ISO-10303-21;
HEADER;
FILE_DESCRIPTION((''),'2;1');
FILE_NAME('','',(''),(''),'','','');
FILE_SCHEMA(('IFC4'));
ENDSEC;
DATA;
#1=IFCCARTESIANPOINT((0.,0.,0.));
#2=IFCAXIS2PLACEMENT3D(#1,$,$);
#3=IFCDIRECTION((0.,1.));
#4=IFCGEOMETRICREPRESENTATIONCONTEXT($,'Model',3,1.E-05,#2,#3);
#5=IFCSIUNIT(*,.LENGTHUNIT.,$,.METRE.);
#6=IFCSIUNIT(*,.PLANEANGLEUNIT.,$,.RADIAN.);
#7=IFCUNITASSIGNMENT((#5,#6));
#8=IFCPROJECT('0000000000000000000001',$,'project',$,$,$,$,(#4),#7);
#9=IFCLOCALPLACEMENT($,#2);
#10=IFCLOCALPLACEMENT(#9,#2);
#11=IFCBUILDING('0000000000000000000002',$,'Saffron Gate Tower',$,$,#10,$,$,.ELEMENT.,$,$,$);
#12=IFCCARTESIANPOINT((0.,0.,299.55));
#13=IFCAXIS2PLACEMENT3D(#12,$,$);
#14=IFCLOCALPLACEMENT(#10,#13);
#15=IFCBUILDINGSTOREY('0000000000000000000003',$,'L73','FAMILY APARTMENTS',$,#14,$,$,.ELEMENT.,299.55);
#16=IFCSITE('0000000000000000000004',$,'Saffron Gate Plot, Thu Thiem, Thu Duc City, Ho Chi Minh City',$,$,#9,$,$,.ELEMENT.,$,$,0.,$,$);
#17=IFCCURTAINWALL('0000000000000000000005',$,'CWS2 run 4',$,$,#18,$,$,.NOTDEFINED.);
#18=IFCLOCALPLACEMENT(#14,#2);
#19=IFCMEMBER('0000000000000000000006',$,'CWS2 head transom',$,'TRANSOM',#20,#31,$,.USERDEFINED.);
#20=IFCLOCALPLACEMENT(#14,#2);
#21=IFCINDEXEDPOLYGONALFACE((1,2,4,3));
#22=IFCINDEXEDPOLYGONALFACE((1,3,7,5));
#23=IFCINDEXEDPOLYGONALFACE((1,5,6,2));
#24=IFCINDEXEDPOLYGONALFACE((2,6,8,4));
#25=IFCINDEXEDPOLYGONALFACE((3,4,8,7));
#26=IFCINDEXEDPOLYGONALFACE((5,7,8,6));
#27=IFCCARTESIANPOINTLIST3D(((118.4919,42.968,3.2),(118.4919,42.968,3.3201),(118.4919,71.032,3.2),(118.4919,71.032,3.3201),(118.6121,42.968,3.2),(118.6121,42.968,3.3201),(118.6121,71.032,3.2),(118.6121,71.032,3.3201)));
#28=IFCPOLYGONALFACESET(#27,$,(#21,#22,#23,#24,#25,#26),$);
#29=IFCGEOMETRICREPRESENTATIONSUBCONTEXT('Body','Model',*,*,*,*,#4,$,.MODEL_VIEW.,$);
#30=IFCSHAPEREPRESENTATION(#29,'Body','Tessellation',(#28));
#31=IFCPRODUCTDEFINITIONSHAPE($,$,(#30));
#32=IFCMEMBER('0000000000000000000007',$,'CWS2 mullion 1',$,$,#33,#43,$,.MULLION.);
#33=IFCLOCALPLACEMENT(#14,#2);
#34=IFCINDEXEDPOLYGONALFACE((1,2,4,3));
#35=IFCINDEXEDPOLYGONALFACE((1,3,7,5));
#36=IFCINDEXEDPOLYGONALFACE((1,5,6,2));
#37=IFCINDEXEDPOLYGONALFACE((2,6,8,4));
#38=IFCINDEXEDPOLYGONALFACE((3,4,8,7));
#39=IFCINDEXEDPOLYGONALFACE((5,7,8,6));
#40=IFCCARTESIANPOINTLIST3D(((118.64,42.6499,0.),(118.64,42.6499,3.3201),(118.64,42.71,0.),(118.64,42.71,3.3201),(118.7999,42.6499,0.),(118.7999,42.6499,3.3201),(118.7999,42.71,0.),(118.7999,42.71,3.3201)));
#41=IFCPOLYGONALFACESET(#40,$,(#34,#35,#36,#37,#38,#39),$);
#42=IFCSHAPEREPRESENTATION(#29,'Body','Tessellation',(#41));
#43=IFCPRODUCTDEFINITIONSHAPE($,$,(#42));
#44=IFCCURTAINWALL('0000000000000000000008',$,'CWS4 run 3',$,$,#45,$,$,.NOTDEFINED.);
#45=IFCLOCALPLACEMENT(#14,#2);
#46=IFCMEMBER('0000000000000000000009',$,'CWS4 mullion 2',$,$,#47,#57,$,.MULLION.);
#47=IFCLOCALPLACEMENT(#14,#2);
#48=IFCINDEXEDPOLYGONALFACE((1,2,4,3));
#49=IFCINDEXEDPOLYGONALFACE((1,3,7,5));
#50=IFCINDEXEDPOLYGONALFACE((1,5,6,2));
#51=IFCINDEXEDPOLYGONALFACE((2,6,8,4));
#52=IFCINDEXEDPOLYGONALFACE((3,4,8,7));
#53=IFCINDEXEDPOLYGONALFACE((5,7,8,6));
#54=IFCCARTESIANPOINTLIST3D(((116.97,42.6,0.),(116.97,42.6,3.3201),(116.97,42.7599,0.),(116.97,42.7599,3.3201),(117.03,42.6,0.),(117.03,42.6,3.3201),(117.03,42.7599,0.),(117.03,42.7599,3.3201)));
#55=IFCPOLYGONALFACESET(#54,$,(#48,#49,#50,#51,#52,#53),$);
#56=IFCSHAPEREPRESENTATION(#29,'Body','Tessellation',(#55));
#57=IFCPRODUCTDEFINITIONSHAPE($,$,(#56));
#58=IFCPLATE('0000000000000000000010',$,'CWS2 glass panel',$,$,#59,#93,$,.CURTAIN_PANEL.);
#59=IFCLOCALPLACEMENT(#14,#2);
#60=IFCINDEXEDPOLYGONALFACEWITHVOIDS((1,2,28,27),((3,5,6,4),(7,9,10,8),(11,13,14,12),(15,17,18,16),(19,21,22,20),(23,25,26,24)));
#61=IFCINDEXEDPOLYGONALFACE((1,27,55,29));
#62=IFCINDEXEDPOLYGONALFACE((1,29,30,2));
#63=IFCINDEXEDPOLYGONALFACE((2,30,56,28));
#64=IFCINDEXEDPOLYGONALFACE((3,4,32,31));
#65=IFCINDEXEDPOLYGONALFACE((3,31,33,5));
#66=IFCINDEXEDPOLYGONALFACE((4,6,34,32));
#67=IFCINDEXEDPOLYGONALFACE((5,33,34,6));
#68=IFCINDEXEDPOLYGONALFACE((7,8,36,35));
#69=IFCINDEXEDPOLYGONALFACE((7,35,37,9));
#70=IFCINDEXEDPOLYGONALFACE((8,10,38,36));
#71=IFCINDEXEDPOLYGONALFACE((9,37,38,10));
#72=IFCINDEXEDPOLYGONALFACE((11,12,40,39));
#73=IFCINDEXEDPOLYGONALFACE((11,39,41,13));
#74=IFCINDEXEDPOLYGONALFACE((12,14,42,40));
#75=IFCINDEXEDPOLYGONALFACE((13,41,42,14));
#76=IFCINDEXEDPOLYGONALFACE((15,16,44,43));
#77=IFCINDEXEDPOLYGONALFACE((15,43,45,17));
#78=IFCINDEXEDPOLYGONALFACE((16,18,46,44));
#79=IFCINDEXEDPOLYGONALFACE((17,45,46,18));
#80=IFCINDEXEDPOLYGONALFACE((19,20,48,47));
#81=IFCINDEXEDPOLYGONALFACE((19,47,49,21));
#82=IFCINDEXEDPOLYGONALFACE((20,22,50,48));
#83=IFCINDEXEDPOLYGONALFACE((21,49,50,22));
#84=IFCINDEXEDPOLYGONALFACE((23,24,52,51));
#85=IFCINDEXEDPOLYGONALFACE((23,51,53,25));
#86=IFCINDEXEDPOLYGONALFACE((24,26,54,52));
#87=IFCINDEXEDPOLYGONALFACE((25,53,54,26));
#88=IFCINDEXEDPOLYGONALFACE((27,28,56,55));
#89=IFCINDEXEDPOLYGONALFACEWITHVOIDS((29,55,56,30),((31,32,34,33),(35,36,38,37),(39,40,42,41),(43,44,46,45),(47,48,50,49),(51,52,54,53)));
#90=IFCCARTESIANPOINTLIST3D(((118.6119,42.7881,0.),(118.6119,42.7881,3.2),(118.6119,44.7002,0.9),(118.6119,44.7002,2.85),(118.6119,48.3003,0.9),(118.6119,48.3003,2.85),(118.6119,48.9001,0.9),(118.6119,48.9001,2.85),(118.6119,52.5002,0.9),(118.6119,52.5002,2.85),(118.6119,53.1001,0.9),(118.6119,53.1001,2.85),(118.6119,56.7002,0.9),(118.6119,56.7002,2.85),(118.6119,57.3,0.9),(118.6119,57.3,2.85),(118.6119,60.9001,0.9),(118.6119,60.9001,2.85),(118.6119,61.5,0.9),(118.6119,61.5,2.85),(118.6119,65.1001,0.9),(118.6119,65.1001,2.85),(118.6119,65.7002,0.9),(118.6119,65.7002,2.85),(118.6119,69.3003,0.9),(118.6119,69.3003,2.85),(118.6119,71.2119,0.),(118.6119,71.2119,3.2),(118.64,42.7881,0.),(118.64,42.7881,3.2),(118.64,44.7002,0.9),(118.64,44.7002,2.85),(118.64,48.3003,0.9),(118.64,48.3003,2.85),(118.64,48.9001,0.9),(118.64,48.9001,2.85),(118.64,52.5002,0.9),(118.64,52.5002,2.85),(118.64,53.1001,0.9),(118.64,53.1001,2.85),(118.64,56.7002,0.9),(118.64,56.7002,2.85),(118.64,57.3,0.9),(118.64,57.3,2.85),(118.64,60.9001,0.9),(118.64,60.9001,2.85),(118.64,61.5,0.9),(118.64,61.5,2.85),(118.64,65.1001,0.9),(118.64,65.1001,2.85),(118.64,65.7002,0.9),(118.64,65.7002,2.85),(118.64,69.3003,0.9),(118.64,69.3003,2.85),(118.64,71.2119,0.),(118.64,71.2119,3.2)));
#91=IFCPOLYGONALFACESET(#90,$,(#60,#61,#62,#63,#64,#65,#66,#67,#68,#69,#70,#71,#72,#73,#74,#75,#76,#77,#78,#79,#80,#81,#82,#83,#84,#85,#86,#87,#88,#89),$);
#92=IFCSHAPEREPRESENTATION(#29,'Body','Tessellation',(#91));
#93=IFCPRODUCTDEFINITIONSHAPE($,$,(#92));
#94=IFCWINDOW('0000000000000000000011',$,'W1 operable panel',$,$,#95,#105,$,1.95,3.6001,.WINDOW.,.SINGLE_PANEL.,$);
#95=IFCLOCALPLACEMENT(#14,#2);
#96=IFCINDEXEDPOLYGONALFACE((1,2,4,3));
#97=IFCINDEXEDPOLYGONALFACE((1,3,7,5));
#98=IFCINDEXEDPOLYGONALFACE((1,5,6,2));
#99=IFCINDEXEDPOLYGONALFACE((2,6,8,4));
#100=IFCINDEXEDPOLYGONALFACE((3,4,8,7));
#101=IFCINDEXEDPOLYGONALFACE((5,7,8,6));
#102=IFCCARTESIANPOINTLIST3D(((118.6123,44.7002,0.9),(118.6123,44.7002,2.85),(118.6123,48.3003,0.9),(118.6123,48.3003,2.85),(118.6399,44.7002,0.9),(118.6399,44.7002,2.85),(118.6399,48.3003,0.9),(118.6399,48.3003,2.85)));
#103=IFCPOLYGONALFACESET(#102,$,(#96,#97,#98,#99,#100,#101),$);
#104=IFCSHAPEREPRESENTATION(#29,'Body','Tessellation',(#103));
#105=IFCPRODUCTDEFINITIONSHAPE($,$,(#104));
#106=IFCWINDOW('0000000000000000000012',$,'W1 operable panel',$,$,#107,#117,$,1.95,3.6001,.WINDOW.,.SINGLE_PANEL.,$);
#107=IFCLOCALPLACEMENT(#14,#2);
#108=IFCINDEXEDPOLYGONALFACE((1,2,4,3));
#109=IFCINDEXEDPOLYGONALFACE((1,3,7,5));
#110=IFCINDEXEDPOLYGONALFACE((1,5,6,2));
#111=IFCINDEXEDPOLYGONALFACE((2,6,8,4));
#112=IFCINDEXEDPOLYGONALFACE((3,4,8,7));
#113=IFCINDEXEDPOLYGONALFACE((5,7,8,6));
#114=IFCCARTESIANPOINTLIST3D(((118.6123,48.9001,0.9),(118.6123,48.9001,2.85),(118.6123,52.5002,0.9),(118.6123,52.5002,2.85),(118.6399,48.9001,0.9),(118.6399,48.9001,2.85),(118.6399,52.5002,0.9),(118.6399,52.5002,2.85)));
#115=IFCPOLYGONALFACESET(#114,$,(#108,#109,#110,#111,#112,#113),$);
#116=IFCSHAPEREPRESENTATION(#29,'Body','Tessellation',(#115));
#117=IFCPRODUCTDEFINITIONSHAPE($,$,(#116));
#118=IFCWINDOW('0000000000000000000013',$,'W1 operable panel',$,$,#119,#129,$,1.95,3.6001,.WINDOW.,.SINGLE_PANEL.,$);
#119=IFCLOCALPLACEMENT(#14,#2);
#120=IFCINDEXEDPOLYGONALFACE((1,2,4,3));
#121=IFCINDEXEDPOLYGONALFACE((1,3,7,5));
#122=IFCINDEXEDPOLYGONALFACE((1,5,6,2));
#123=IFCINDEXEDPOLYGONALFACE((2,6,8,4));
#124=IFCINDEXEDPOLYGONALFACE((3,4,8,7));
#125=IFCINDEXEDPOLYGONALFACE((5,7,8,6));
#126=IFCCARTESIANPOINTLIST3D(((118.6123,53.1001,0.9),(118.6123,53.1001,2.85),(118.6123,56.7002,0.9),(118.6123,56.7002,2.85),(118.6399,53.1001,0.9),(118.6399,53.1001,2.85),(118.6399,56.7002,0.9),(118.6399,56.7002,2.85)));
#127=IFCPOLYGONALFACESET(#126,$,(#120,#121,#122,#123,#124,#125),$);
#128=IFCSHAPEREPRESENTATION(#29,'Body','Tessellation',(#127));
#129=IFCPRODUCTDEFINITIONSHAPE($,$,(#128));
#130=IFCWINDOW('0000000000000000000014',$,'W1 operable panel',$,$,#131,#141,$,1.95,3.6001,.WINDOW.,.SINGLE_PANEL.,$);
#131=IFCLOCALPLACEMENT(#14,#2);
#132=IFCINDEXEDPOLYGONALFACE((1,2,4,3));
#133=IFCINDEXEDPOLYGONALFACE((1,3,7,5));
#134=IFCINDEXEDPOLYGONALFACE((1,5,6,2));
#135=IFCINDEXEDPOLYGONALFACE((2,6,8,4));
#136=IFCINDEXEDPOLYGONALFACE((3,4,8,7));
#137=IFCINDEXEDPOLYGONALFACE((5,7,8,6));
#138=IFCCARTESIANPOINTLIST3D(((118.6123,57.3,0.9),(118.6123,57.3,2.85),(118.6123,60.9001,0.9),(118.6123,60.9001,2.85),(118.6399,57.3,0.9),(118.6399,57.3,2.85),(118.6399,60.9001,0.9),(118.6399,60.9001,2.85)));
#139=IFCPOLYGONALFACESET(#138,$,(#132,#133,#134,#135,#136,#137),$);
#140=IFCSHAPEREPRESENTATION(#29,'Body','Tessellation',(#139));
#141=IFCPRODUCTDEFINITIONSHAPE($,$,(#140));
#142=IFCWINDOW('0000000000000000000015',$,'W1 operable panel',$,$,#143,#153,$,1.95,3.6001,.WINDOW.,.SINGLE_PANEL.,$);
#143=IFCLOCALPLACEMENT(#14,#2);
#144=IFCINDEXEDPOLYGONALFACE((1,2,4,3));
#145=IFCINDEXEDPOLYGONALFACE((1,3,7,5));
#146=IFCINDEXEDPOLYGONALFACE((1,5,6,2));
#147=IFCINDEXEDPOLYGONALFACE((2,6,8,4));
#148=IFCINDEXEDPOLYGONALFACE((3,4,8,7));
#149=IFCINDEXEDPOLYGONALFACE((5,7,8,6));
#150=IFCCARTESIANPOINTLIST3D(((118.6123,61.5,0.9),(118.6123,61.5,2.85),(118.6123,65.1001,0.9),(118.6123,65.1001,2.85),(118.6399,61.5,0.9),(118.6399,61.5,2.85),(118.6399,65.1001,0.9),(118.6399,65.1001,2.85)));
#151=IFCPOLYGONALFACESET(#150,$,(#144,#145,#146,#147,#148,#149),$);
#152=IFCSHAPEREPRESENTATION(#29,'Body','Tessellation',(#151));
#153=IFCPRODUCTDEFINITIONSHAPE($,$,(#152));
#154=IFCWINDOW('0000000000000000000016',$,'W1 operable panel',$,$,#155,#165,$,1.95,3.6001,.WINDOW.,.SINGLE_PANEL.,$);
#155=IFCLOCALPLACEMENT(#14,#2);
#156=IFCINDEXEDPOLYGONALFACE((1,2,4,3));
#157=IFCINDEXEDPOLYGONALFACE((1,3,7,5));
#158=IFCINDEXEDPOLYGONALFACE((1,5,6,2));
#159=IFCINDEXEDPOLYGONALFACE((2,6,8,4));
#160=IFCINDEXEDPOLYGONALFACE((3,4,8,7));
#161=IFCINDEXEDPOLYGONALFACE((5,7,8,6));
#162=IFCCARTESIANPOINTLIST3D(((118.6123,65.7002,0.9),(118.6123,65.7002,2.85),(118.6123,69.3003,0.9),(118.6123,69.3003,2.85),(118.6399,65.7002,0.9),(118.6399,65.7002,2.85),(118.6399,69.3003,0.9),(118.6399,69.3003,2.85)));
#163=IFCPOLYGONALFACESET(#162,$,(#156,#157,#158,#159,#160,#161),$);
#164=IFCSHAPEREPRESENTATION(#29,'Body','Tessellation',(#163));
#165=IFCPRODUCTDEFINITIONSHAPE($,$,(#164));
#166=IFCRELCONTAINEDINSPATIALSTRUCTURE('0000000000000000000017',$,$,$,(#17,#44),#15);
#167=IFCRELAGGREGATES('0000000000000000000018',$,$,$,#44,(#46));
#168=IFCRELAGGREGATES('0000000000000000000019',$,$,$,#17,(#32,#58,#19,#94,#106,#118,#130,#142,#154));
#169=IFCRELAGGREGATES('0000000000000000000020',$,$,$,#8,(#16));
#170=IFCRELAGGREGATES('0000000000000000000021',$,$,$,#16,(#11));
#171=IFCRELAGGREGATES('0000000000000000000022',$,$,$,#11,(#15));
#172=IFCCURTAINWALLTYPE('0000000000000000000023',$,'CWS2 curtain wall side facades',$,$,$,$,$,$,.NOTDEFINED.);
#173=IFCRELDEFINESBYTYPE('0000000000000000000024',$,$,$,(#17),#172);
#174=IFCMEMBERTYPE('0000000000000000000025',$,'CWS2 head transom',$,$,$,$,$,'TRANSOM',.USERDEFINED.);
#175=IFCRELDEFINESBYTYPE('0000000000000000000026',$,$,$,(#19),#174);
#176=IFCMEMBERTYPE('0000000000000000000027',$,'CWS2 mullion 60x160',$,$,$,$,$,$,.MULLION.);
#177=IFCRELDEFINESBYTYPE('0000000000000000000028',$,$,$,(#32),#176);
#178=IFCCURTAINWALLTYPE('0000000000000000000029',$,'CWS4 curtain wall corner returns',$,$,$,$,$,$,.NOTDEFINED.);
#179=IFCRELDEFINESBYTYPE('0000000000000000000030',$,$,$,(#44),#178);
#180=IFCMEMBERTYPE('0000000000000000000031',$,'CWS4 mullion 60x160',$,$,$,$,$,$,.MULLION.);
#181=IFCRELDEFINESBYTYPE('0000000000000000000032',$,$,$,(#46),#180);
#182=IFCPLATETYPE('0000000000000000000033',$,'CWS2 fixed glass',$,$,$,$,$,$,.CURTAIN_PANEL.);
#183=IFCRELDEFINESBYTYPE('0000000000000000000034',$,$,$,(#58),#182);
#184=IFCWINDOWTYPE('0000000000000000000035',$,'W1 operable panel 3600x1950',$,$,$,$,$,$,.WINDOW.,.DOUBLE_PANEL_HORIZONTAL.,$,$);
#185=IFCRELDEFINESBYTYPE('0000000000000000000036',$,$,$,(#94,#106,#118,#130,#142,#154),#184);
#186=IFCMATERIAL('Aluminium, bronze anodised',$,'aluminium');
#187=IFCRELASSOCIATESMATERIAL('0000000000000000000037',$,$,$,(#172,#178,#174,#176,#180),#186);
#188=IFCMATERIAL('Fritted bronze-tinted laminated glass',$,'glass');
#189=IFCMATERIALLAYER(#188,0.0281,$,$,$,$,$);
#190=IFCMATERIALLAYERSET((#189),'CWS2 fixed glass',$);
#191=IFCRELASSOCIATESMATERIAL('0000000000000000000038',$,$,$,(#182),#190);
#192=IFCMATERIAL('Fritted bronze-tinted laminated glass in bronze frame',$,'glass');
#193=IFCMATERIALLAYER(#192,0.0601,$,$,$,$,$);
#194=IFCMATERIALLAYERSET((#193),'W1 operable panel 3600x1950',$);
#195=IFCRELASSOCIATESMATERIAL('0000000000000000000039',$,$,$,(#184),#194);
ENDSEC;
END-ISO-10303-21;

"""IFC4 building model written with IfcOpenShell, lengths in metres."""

from ifc_helpers import new_model, si_unit, direction, frame, frame_2d, origin, origin_2d, place, context, subcontext, project, spatial, rectangle, extrude, material, layer, layer_set, material_profile, profile_set, type_object, element, fill, aggregate, save


model = new_model("IFC4")

# Units and contexts
model_context = context("Model", 3, precision=1e-05, world=origin(), true_north=direction((0.0, 1.0)))
body_context = subcontext(model_context, "Body", "Model", "MODEL_VIEW")
ifc_project = project(units=[si_unit("LENGTHUNIT", "METRE"), si_unit("PLANEANGLEUNIT", "RADIAN")], contexts=[model_context])

# Site, building, storey
site_placement = place(None, origin())
site = spatial("IfcSite", under=ifc_project, at=site_placement, Name="Saffron Gate Plot, Thu Thiem, Thu Duc City, Ho Chi Minh City", CompositionType="ELEMENT", RefElevation=0.0)
building_placement = place(site_placement, origin())
building = spatial("IfcBuilding", under=site, at=building_placement, Name="Saffron Gate Tower", CompositionType="ELEMENT")
storey_placement = place(building_placement, frame((0.0, 0.0, 299.55)))
storey = spatial("IfcBuildingStorey", under=building, at=storey_placement, Name="L73", Description="FAMILY APARTMENTS", CompositionType="ELEMENT", Elevation=299.55)

# Curtain wall, members
ifc_material_1 = material(Name="Aluminium, bronze anodised", Category="aluminium")
curtain_wall_type_1 = type_object("IfcCurtainWallType", Name="CWS2 curtain wall side facades", PredefinedType="NOTDEFINED", material=ifc_material_1)
curtain_wall_1_placement = place(storey_placement, origin())
curtain_wall_1 = element("IfcCurtainWall", 1, at=curtain_wall_1_placement, inside=storey, type_object=curtain_wall_type_1, Name="CWS2 run 4", PredefinedType="NOTDEFINED")
ifc_material_profile_1 = material_profile(ifc_material_1, rectangle(XDim=0.1201, YDim=0.1201, at=origin_2d()))
ifc_profile_set_1 = profile_set([ifc_material_profile_1], Name="Aluminium, bronze anodised")
member_type_1 = type_object("IfcMemberType", Name="CWS2 head transom", ElementType="TRANSOM", PredefinedType="USERDEFINED", material=ifc_profile_set_1)
member_1_placement = place(storey_placement, frame((118.552, 42.968, 3.26), z_axis=(0.0, 1.0, 0.0), x_axis=(-1.0, 0.0, 0.0)))
member_1 = element("IfcMember", 2, at=member_1_placement, type_object=member_type_1, Name="CWS2 head transom", ObjectType="TRANSOM", PredefinedType="USERDEFINED", context=body_context, shape_type="SweptSolid", body=[
    extrude(rectangle(XDim=0.1201, YDim=0.1201, at=origin_2d()), origin(), (0.0, 0.0, 1.0), 28.064),
])
ifc_material_profile_2 = material_profile(ifc_material_1, rectangle(XDim=0.1599, YDim=0.0601, at=origin_2d()))
ifc_profile_set_2 = profile_set([ifc_material_profile_2], Name="Aluminium, bronze anodised")
member_type_2 = type_object("IfcMemberType", Name="CWS2 mullion 60x160", PredefinedType="MULLION", material=ifc_profile_set_2)
member_2_placement = place(storey_placement, frame((118.72, 42.6799, 0.0), z_axis=(0.0, 0.0, 1.0), x_axis=(-1.0, 0.0, 0.0)))
member_2 = element("IfcMember", 3, at=member_2_placement, type_object=member_type_2, Name="CWS2 mullion 1", PredefinedType="MULLION", context=body_context, shape_type="SweptSolid", body=[
    extrude(rectangle(XDim=0.1599, YDim=0.0601, at=origin_2d()), origin(), (0.0, 0.0, 1.0), 3.3201),
])

# Curtain wall, member
curtain_wall_type_2 = type_object("IfcCurtainWallType", Name="CWS4 curtain wall corner returns", PredefinedType="NOTDEFINED", material=ifc_material_1)
curtain_wall_2_placement = place(storey_placement, origin())
curtain_wall_2 = element("IfcCurtainWall", 4, at=curtain_wall_2_placement, inside=storey, type_object=curtain_wall_type_2, Name="CWS4 run 3", PredefinedType="NOTDEFINED")
ifc_material_profile_3 = material_profile(ifc_material_1, rectangle(XDim=0.1599, YDim=0.0601, at=origin_2d()))
ifc_profile_set_3 = profile_set([ifc_material_profile_3], Name="Aluminium, bronze anodised")
member_type_3 = type_object("IfcMemberType", Name="CWS4 mullion 60x160", PredefinedType="MULLION", material=ifc_profile_set_3)
member_3_placement = place(storey_placement, frame((117.0, 42.6799, 0.0), z_axis=(0.0, 0.0, 1.0), x_axis=(0.0, 1.0, 0.0)))
member_3 = element("IfcMember", 5, at=member_3_placement, type_object=member_type_3, Name="CWS4 mullion 2", PredefinedType="MULLION", context=body_context, shape_type="SweptSolid", body=[
    extrude(rectangle(XDim=0.1599, YDim=0.0601, at=origin_2d()), origin(), (0.0, 0.0, 1.0), 3.3201),
])
aggregate(curtain_wall_2, [member_3])

# Plate, openings, windows
ifc_material_2 = material(Name="Fritted bronze-tinted laminated glass", Category="glass")
ifc_layer_1 = layer(ifc_material_2, 0.0281)
ifc_layer_set_1 = layer_set([ifc_layer_1], Name="CWS2 fixed glass")
plate_type = type_object("IfcPlateType", Name="CWS2 fixed glass", PredefinedType="CURTAIN_PANEL", material=ifc_layer_set_1)
plate_placement = place(storey_placement, frame((118.626, 42.7881, 0.0), z_axis=(0.0, 0.0, 1.0), x_axis=(0.0, 1.0, 0.0)))
plate = element("IfcPlate", 6, at=plate_placement, type_object=plate_type, Name="CWS2 glass panel", PredefinedType="CURTAIN_PANEL", context=body_context, shape_type="SweptSolid", body=[
    extrude(rectangle(XDim=28.4238, YDim=0.0281, at=frame_2d((14.2119, 0.0))), origin(), (0.0, 0.0, 1.0), 3.2),
])
opening_1_placement = place(plate_placement, frame((1.9121, 0.0, 0.8999)))
opening_1 = element("IfcOpeningElement", 7, at=opening_1_placement, cuts=plate, PredefinedType="OPENING", context=body_context, shape_type="SweptSolid", body=[
    extrude(rectangle(XDim=3.6001, YDim=1.95, at=frame_2d((1.8, 0.9751))), frame((0.0, 0.0239, 0.0), z_axis=(0.0, -1.0, 0.0), x_axis=(1.0, 0.0, 0.0)), (0.0, 0.0, 1.0), 0.0481),
])
opening_2_placement = place(plate_placement, frame((6.1121, 0.0, 0.8999)))
opening_2 = element("IfcOpeningElement", 8, at=opening_2_placement, cuts=plate, PredefinedType="OPENING", context=body_context, shape_type="SweptSolid", body=[
    extrude(rectangle(XDim=3.6001, YDim=1.95, at=frame_2d((1.8, 0.9751))), frame((0.0, 0.0239, 0.0), z_axis=(0.0, -1.0, 0.0), x_axis=(1.0, 0.0, 0.0)), (0.0, 0.0, 1.0), 0.0481),
])
opening_3_placement = place(plate_placement, frame((10.312, 0.0, 0.8999)))
opening_3 = element("IfcOpeningElement", 9, at=opening_3_placement, cuts=plate, PredefinedType="OPENING", context=body_context, shape_type="SweptSolid", body=[
    extrude(rectangle(XDim=3.6001, YDim=1.95, at=frame_2d((1.8, 0.9751))), frame((0.0, 0.0239, 0.0), z_axis=(0.0, -1.0, 0.0), x_axis=(1.0, 0.0, 0.0)), (0.0, 0.0, 1.0), 0.0481),
])
opening_4_placement = place(plate_placement, frame((14.512, 0.0, 0.8999)))
opening_4 = element("IfcOpeningElement", 10, at=opening_4_placement, cuts=plate, PredefinedType="OPENING", context=body_context, shape_type="SweptSolid", body=[
    extrude(rectangle(XDim=3.6001, YDim=1.95, at=frame_2d((1.8, 0.9751))), frame((0.0, 0.0239, 0.0), z_axis=(0.0, -1.0, 0.0), x_axis=(1.0, 0.0, 0.0)), (0.0, 0.0, 1.0), 0.0481),
])
opening_5_placement = place(plate_placement, frame((18.7119, 0.0, 0.8999)))
opening_5 = element("IfcOpeningElement", 11, at=opening_5_placement, cuts=plate, PredefinedType="OPENING", context=body_context, shape_type="SweptSolid", body=[
    extrude(rectangle(XDim=3.6001, YDim=1.95, at=frame_2d((1.8, 0.9751))), frame((0.0, 0.0239, 0.0), z_axis=(0.0, -1.0, 0.0), x_axis=(1.0, 0.0, 0.0)), (0.0, 0.0, 1.0), 0.0481),
])
opening_6_placement = place(plate_placement, frame((22.9121, 0.0, 0.8999)))
opening_6 = element("IfcOpeningElement", 12, at=opening_6_placement, cuts=plate, PredefinedType="OPENING", context=body_context, shape_type="SweptSolid", body=[
    extrude(rectangle(XDim=3.6001, YDim=1.95, at=frame_2d((1.8, 0.9751))), frame((0.0, 0.0239, 0.0), z_axis=(0.0, -1.0, 0.0), x_axis=(1.0, 0.0, 0.0)), (0.0, 0.0, 1.0), 0.0481),
])
ifc_material_3 = material(Name="Fritted bronze-tinted laminated glass in bronze frame", Category="glass")
ifc_layer_2 = layer(ifc_material_3, 0.0601)
ifc_layer_set_2 = layer_set([ifc_layer_2], Name="W1 operable panel 3600x1950")
window_type = type_object("IfcWindowType", Name="W1 operable panel 3600x1950", PartitioningType="DOUBLE_PANEL_HORIZONTAL", PredefinedType="WINDOW", material=ifc_layer_set_2)
window_1_placement = place(opening_1_placement, origin())
window_1 = element("IfcWindow", 13, at=window_1_placement, type_object=window_type, Name="W1 operable panel", OverallHeight=1.95, OverallWidth=3.6001, PartitioningType="SINGLE_PANEL", PredefinedType="WINDOW", context=body_context, shape_type="SweptSolid", body=[
    extrude(rectangle(XDim=3.6001, YDim=1.95, at=frame_2d((1.8, 0.9751))), frame((0.0, 0.0137, 0.0), z_axis=(0.0, -1.0, 0.0), x_axis=(1.0, 0.0, 0.0)), (0.0, 0.0, 1.0), 0.0276),
])
fill(opening_1, window_1)
window_2_placement = place(opening_2_placement, origin())
window_2 = element("IfcWindow", 14, at=window_2_placement, type_object=window_type, Name="W1 operable panel", OverallHeight=1.95, OverallWidth=3.6001, PartitioningType="SINGLE_PANEL", PredefinedType="WINDOW", context=body_context, shape_type="SweptSolid", body=[
    extrude(rectangle(XDim=3.6001, YDim=1.95, at=frame_2d((1.8, 0.9751))), frame((0.0, 0.0137, 0.0), z_axis=(0.0, -1.0, 0.0), x_axis=(1.0, 0.0, 0.0)), (0.0, 0.0, 1.0), 0.0276),
])
fill(opening_2, window_2)
window_3_placement = place(opening_3_placement, origin())
window_3 = element("IfcWindow", 15, at=window_3_placement, type_object=window_type, Name="W1 operable panel", OverallHeight=1.95, OverallWidth=3.6001, PartitioningType="SINGLE_PANEL", PredefinedType="WINDOW", context=body_context, shape_type="SweptSolid", body=[
    extrude(rectangle(XDim=3.6001, YDim=1.95, at=frame_2d((1.8, 0.9751))), frame((0.0, 0.0137, 0.0), z_axis=(0.0, -1.0, 0.0), x_axis=(1.0, 0.0, 0.0)), (0.0, 0.0, 1.0), 0.0276),
])
fill(opening_3, window_3)
window_4_placement = place(opening_4_placement, origin())
window_4 = element("IfcWindow", 16, at=window_4_placement, type_object=window_type, Name="W1 operable panel", OverallHeight=1.95, OverallWidth=3.6001, PartitioningType="SINGLE_PANEL", PredefinedType="WINDOW", context=body_context, shape_type="SweptSolid", body=[
    extrude(rectangle(XDim=3.6001, YDim=1.95, at=frame_2d((1.8, 0.9751))), frame((0.0, 0.0137, 0.0), z_axis=(0.0, -1.0, 0.0), x_axis=(1.0, 0.0, 0.0)), (0.0, 0.0, 1.0), 0.0276),
])
fill(opening_4, window_4)
window_5_placement = place(opening_5_placement, origin())
window_5 = element("IfcWindow", 17, at=window_5_placement, type_object=window_type, Name="W1 operable panel", OverallHeight=1.95, OverallWidth=3.6001, PartitioningType="SINGLE_PANEL", PredefinedType="WINDOW", context=body_context, shape_type="SweptSolid", body=[
    extrude(rectangle(XDim=3.6001, YDim=1.95, at=frame_2d((1.8, 0.9751))), frame((0.0, 0.0137, 0.0), z_axis=(0.0, -1.0, 0.0), x_axis=(1.0, 0.0, 0.0)), (0.0, 0.0, 1.0), 0.0276),
])
fill(opening_5, window_5)
window_6_placement = place(opening_6_placement, origin())
window_6 = element("IfcWindow", 18, at=window_6_placement, type_object=window_type, Name="W1 operable panel", OverallHeight=1.95, OverallWidth=3.6001, PartitioningType="SINGLE_PANEL", PredefinedType="WINDOW", context=body_context, shape_type="SweptSolid", body=[
    extrude(rectangle(XDim=3.6001, YDim=1.95, at=frame_2d((1.8, 0.9751))), frame((0.0, 0.0137, 0.0), z_axis=(0.0, -1.0, 0.0), x_axis=(1.0, 0.0, 0.0)), (0.0, 0.0, 1.0), 0.0276),
])
fill(opening_6, window_6)
aggregate(curtain_wall_1, [member_2, plate, member_1, window_1, window_2, window_3, window_4, window_5, window_6])

save(model, "model.ifc")
